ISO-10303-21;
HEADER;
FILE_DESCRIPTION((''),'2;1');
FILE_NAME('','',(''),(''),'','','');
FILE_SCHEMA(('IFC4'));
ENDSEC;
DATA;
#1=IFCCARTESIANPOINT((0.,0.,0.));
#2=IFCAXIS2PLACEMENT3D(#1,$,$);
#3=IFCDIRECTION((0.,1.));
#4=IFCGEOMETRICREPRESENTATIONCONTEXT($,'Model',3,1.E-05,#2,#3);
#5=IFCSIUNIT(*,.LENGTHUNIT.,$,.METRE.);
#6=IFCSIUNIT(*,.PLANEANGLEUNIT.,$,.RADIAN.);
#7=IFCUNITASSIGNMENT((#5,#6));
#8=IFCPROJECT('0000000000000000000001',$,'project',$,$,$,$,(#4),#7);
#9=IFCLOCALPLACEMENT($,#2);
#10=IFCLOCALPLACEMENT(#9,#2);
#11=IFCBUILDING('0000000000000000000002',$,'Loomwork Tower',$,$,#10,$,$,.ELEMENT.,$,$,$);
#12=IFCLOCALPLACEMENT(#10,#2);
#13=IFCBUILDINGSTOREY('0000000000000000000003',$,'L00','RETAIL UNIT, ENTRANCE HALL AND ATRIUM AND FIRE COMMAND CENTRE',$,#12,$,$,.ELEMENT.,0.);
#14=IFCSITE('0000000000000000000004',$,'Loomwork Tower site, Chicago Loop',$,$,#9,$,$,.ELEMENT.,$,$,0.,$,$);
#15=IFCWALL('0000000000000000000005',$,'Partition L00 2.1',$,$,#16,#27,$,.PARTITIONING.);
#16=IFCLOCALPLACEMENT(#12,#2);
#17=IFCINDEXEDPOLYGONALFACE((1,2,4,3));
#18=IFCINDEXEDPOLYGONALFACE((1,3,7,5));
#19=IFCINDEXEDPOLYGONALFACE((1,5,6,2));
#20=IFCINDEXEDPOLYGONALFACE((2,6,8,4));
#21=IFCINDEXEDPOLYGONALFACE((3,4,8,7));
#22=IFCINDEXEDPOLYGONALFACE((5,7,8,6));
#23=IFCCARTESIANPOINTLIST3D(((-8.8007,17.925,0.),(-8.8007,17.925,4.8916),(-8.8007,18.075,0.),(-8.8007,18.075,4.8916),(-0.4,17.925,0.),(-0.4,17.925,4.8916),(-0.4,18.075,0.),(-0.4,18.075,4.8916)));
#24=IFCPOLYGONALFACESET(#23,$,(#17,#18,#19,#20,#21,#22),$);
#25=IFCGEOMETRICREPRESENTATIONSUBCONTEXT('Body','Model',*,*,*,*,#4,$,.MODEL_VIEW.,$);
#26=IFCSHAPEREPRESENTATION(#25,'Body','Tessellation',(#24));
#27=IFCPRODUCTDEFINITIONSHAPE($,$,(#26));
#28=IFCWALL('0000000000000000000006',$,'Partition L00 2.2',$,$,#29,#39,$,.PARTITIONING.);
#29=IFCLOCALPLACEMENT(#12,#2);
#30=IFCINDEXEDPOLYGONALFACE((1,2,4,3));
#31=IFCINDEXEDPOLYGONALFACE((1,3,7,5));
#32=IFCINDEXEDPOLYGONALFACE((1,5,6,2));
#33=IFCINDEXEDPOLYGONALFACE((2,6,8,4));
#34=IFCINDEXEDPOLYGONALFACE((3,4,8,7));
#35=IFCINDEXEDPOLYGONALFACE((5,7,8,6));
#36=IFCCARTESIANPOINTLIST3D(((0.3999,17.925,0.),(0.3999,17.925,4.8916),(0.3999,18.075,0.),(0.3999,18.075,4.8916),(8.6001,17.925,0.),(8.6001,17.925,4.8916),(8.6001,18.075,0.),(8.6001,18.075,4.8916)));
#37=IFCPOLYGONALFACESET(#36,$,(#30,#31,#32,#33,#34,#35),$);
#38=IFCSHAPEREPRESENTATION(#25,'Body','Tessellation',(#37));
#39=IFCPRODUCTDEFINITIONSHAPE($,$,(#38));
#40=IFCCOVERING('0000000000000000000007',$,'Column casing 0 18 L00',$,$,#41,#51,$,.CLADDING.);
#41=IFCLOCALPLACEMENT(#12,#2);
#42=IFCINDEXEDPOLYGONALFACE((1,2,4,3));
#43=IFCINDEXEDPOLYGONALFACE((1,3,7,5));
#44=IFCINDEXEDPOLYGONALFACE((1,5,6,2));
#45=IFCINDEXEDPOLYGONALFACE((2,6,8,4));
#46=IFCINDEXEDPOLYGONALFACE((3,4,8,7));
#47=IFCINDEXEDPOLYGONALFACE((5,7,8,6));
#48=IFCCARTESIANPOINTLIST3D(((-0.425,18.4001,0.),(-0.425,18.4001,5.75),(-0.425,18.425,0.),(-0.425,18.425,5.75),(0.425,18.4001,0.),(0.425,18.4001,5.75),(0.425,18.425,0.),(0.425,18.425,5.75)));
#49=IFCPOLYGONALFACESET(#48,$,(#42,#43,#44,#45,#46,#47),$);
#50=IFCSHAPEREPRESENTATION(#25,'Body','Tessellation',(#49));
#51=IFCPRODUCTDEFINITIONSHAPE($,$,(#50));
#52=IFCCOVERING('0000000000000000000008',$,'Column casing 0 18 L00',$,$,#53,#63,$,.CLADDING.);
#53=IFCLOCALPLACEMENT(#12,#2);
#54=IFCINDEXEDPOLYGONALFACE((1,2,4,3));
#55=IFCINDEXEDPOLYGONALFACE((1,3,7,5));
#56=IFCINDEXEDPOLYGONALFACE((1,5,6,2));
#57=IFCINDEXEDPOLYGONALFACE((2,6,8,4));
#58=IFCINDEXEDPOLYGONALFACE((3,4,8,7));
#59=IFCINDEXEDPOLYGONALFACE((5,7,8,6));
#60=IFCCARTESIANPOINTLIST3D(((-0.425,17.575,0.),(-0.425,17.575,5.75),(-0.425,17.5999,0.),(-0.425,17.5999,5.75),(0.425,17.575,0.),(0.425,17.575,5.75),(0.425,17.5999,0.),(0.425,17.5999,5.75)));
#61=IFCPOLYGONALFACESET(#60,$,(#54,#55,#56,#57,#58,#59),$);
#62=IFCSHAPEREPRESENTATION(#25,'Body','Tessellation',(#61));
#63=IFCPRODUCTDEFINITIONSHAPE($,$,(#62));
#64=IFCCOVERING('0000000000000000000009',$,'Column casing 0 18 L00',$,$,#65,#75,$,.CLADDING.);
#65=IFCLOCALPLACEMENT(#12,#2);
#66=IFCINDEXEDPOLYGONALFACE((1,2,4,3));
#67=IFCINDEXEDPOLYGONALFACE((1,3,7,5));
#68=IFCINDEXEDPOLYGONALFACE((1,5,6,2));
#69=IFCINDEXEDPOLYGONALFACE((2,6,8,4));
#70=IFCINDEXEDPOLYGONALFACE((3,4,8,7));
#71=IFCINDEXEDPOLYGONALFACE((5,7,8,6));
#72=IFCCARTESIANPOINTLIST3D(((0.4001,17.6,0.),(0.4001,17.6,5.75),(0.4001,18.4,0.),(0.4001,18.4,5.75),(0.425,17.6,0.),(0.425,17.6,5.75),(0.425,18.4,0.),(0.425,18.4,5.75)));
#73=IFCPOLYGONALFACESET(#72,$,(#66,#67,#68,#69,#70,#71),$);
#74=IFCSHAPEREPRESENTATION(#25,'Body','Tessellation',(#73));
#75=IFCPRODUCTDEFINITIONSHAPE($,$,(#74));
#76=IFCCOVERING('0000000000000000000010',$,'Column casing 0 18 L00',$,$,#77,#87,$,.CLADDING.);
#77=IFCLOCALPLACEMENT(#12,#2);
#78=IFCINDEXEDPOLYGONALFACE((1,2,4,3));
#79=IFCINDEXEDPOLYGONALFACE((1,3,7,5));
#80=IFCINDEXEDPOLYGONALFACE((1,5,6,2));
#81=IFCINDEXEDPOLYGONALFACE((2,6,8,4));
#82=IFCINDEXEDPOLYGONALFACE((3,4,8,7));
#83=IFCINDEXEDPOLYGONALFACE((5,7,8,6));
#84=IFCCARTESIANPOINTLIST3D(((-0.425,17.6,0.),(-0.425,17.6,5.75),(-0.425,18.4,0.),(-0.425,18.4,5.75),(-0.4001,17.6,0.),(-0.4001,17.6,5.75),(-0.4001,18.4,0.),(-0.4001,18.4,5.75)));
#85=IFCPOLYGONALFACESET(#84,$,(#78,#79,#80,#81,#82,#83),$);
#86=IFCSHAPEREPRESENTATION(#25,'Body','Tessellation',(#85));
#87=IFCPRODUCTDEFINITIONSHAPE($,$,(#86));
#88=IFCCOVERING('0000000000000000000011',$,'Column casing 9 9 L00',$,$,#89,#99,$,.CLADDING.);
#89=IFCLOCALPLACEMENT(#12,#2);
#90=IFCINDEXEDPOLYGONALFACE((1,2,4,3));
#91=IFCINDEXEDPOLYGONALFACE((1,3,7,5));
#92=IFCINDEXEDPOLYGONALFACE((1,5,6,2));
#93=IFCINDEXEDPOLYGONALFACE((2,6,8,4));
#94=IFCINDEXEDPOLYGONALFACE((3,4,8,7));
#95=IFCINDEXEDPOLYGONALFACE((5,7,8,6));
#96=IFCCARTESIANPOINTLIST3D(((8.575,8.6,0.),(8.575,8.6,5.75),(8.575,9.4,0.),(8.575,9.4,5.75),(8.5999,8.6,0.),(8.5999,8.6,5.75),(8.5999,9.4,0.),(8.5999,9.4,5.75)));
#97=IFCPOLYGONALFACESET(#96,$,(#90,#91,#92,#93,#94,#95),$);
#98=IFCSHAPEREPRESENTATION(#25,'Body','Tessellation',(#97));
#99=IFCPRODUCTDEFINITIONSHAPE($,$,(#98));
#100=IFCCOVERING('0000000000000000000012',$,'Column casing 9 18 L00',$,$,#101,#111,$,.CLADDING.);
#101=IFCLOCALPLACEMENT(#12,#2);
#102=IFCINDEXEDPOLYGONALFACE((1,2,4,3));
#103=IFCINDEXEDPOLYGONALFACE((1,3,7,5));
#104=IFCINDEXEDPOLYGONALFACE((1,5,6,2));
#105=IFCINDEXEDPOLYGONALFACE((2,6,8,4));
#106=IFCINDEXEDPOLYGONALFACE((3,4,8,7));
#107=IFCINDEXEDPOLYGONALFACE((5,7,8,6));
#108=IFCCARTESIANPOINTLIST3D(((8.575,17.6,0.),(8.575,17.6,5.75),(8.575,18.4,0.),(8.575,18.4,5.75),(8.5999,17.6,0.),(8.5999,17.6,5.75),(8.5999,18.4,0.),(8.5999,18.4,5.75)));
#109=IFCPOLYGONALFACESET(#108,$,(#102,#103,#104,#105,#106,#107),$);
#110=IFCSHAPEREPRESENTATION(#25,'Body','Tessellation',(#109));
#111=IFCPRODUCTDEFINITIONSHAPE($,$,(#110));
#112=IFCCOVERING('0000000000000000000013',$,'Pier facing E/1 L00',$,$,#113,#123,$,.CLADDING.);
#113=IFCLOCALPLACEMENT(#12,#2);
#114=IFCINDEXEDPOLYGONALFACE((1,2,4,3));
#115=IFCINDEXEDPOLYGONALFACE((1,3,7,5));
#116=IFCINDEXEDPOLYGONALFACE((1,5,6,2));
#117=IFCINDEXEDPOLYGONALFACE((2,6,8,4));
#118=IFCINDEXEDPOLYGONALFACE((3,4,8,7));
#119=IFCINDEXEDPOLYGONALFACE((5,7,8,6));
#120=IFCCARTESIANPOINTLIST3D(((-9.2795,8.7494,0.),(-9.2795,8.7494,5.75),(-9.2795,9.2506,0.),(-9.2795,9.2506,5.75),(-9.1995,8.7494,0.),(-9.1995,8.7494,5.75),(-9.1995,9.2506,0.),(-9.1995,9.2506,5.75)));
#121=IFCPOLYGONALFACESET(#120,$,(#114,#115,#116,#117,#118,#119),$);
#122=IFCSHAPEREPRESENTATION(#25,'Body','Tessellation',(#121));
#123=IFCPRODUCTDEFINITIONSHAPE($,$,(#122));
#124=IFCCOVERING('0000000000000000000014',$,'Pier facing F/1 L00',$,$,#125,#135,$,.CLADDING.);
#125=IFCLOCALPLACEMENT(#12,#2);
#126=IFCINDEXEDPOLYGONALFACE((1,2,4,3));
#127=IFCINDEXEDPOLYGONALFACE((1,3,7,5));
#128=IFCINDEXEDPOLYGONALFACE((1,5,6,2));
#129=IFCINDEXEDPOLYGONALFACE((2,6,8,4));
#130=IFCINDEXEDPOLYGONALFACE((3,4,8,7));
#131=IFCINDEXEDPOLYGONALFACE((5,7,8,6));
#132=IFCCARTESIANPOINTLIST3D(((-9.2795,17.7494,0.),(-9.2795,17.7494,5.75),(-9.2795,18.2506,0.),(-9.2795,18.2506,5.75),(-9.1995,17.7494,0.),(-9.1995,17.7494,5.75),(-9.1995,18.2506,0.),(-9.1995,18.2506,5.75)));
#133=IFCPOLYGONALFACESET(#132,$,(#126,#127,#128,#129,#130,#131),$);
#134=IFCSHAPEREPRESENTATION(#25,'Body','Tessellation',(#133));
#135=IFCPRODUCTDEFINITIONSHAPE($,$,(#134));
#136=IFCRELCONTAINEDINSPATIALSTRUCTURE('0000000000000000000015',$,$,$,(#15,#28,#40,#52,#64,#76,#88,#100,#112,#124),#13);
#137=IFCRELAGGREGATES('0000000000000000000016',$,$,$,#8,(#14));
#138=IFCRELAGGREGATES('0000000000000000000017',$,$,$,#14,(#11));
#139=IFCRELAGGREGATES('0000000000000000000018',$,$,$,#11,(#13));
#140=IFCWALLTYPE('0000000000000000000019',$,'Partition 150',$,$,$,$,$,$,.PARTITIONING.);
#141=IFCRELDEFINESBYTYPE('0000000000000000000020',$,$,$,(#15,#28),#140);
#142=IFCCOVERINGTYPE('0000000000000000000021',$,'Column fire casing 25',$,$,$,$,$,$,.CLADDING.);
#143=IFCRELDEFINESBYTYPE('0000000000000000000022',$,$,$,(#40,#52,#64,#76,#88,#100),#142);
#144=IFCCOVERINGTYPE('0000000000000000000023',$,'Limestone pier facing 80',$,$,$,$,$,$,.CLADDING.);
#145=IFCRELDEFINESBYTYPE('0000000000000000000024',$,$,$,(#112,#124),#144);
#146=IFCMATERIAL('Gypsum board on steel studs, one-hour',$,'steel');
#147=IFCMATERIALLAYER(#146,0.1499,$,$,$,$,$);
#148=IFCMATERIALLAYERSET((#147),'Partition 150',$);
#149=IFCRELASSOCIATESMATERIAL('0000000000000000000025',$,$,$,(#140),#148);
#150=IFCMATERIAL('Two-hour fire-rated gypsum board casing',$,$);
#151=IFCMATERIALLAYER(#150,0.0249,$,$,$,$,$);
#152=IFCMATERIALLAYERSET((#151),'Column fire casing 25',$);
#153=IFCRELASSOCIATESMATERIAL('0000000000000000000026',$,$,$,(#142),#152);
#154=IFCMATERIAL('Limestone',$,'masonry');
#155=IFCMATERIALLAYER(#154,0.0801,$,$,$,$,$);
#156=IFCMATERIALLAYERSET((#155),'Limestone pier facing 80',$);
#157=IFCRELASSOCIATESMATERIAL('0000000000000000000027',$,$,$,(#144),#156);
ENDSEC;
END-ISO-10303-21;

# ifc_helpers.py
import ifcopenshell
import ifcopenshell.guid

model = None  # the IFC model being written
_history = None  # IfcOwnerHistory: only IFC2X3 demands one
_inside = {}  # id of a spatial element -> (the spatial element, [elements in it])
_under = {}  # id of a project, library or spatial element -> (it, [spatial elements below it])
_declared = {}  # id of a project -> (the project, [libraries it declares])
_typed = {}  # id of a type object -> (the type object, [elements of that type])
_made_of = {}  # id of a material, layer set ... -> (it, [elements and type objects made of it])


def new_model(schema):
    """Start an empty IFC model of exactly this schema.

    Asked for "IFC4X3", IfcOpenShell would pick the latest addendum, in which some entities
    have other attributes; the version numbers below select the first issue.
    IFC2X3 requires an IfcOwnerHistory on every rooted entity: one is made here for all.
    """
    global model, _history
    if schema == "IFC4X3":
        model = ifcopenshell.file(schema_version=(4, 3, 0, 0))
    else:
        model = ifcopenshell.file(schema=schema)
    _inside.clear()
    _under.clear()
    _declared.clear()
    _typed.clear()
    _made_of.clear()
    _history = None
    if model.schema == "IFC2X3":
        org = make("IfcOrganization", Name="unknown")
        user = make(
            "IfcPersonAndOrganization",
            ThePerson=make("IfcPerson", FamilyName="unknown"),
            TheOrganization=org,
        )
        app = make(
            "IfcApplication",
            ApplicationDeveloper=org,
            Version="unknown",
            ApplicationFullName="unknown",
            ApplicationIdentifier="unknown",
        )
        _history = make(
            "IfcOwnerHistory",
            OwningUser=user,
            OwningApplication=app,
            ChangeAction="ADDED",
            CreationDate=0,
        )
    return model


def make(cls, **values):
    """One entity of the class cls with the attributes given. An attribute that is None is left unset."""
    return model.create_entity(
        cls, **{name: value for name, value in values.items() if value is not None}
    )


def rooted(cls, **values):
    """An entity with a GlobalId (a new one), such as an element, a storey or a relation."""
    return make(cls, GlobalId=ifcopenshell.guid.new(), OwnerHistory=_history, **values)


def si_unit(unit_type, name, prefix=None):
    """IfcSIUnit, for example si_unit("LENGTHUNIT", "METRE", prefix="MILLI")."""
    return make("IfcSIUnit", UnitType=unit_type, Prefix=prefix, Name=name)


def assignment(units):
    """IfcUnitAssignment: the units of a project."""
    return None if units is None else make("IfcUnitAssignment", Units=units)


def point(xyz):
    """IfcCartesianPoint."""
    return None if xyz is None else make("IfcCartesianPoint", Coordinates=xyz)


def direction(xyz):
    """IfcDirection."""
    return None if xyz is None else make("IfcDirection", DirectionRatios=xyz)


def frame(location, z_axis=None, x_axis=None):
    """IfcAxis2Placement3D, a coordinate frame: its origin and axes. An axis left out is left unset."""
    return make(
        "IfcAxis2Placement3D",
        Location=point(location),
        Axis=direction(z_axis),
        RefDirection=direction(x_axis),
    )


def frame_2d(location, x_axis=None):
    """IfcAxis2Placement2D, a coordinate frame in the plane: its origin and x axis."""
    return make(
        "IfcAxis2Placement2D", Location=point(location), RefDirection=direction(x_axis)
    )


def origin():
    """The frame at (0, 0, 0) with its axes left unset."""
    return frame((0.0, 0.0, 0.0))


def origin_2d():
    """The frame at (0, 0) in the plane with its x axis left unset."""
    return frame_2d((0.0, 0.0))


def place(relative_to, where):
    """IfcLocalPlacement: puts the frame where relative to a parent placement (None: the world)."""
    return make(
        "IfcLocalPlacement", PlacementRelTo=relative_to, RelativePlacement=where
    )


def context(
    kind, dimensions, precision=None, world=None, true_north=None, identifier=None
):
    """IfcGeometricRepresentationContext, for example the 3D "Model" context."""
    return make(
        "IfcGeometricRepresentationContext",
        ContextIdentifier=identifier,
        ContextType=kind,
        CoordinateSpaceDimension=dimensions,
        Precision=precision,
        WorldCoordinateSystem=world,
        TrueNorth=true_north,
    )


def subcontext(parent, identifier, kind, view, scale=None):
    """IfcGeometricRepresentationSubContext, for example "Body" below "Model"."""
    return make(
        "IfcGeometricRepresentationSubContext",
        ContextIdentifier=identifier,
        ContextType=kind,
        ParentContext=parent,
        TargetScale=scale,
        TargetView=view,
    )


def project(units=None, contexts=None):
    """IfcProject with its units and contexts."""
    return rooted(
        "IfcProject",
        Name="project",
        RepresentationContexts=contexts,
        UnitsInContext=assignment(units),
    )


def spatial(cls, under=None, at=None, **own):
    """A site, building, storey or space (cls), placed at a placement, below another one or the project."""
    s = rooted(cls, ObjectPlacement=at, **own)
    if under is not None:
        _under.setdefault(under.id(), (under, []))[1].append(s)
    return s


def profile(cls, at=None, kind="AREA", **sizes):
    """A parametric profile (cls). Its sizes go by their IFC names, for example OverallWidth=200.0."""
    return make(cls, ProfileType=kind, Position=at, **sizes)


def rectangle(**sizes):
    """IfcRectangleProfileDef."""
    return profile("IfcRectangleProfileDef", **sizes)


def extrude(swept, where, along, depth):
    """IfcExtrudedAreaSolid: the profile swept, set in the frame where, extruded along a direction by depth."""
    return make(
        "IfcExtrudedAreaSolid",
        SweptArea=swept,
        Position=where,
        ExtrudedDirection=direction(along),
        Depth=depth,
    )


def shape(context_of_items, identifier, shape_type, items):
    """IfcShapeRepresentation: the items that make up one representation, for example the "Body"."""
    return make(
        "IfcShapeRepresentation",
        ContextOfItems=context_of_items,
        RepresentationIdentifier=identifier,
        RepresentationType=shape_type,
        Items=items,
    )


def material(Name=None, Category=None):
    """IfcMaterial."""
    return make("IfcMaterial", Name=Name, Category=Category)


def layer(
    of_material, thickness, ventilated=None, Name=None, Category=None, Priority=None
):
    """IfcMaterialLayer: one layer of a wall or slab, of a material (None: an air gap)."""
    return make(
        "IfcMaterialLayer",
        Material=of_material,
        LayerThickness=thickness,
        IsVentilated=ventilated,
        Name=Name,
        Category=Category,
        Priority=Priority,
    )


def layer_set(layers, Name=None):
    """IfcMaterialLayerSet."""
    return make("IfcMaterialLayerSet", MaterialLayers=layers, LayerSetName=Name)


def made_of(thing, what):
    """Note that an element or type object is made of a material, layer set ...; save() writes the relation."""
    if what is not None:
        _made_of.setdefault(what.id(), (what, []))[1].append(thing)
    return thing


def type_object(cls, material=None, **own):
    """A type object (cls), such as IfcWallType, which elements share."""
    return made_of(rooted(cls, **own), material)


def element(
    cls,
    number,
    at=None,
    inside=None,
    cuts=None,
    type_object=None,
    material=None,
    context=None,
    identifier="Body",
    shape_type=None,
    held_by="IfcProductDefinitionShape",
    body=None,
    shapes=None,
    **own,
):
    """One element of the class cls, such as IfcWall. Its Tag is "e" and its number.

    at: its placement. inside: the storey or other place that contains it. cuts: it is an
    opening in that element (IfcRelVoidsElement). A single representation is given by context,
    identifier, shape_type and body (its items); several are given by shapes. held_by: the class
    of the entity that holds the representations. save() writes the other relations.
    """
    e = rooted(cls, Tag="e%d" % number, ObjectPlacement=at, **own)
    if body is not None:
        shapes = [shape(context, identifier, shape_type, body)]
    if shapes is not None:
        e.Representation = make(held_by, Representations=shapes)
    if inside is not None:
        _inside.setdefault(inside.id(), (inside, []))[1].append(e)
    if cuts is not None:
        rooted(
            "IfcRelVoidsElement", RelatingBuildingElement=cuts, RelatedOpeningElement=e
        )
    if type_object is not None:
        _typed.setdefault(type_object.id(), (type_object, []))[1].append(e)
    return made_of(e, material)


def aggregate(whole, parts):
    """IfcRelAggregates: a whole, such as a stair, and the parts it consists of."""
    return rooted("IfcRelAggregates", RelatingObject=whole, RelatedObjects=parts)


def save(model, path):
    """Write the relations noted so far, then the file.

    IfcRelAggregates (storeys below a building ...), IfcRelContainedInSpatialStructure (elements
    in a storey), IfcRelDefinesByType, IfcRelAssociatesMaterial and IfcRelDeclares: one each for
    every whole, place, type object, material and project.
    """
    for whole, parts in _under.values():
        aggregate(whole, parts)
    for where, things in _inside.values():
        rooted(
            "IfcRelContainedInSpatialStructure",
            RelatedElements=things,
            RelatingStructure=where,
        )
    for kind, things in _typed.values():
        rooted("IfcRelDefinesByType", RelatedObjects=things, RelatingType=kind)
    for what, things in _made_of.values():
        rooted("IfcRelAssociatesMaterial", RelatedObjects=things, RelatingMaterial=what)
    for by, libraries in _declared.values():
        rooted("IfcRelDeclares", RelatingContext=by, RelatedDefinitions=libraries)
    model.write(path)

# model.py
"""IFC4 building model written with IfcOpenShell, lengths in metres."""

from ifc_helpers import new_model, si_unit, direction, frame, frame_2d, origin, origin_2d, place, context, subcontext, project, spatial, rectangle, extrude, material, layer, layer_set, type_object, element, save


model = new_model("IFC4")

# Units and contexts
model_context = context("Model", 3, precision=1e-05, world=origin(), true_north=direction((0.0, 1.0)))
body_context = subcontext(model_context, "Body", "Model", "MODEL_VIEW")
ifc_project = project(units=[si_unit("LENGTHUNIT", "METRE"), si_unit("PLANEANGLEUNIT", "RADIAN")], contexts=[model_context])

# Site, building, storey
site_placement = place(None, origin())
site = spatial("IfcSite", under=ifc_project, at=site_placement, Name="Loomwork Tower site, Chicago Loop", CompositionType="ELEMENT", RefElevation=0.0)
building_placement = place(site_placement, origin())
building = spatial("IfcBuilding", under=site, at=building_placement, Name="Loomwork Tower", CompositionType="ELEMENT")
storey_placement = place(building_placement, origin())
storey = spatial("IfcBuildingStorey", under=building, at=storey_placement, Name="L00", Description="RETAIL UNIT, ENTRANCE HALL AND ATRIUM AND FIRE COMMAND CENTRE", CompositionType="ELEMENT", Elevation=0.0)

# Walls
ifc_material_1 = material(Name="Gypsum board on steel studs, one-hour", Category="steel")
ifc_layer_1 = layer(ifc_material_1, 0.1499)
ifc_layer_set_1 = layer_set([ifc_layer_1], Name="Partition 150")
wall_type_1 = type_object("IfcWallType", Name="Partition 150", PredefinedType="PARTITIONING", material=ifc_layer_set_1)
wall_1_placement = place(storey_placement, frame((-8.8005, 18.0, 0.0), z_axis=(0.0, 0.0, 1.0), x_axis=(1.0, 0.0, 0.0)))
element("IfcWall", 1, at=wall_1_placement, inside=storey, type_object=wall_type_1, Name="Partition L00 2.1", PredefinedType="PARTITIONING", context=body_context, shape_type="SweptSolid", body=[
    extrude(rectangle(XDim=8.4006, YDim=0.1499, at=frame_2d((4.2002, 0.0))), origin(), (0.0, 0.0, 1.0), 4.8916),
])
wall_2_placement = place(storey_placement, frame((0.3999, 18.0, 0.0), z_axis=(0.0, 0.0, 1.0), x_axis=(1.0, 0.0, 0.0)))
element("IfcWall", 2, at=wall_2_placement, inside=storey, type_object=wall_type_1, Name="Partition L00 2.2", PredefinedType="PARTITIONING", context=body_context, shape_type="SweptSolid", body=[
    extrude(rectangle(XDim=8.2002, YDim=0.1499, at=frame_2d((4.1001, 0.0))), origin(), (0.0, 0.0, 1.0), 4.8916),
])

# Coverings
ifc_material_2 = material(Name="Two-hour fire-rated gypsum board casing")
ifc_layer_2 = layer(ifc_material_2, 0.0249)
ifc_layer_set_2 = layer_set([ifc_layer_2], Name="Column fire casing 25")
covering_type_1 = type_object("IfcCoveringType", Name="Column fire casing 25", PredefinedType="CLADDING", material=ifc_layer_set_2)
for number, where, z_axis, x_axis, name in (
    (3, (0.0, 18.4126, 0.0), (0.0, 0.0, 1.0), (1.0, 0.0, 0.0), "Column casing 0 18 L00"),
    (4, (0.0, 17.5874, 0.0), (0.0, 0.0, 1.0), (1.0, 0.0, 0.0), "Column casing 0 18 L00"),
):
    element("IfcCovering", number, at=place(storey_placement, frame(where, z_axis=z_axis, x_axis=x_axis)), inside=storey, type_object=covering_type_1, Name=name, PredefinedType="CLADDING", context=body_context, shape_type="SweptSolid", body=[
        extrude(rectangle(XDim=0.8501, YDim=0.0249, at=origin_2d()), origin(), (0.0, 0.0, 1.0), 5.75),
    ])
for number, where, z_axis, x_axis, name in (
    (5, (0.4126, 18.0, 0.0), (0.0, 0.0, 1.0), (1.0, 0.0, 0.0), "Column casing 0 18 L00"),
    (6, (-0.4126, 18.0, 0.0), (0.0, 0.0, 1.0), (1.0, 0.0, 0.0), "Column casing 0 18 L00"),
    (7, (8.5874, 9.0, 0.0), (0.0, 0.0, 1.0), (1.0, 0.0, 0.0), "Column casing 9 9 L00"),
    (8, (8.5874, 18.0, 0.0), (0.0, 0.0, 1.0), (1.0, 0.0, 0.0), "Column casing 9 18 L00"),
):
    element("IfcCovering", number, at=place(storey_placement, frame(where, z_axis=z_axis, x_axis=x_axis)), inside=storey, type_object=covering_type_1, Name=name, PredefinedType="CLADDING", context=body_context, shape_type="SweptSolid", body=[
        extrude(rectangle(XDim=0.0249, YDim=0.8, at=origin_2d()), origin(), (0.0, 0.0, 1.0), 5.75),
    ])
ifc_material_3 = material(Name="Limestone", Category="masonry")
ifc_layer_3 = layer(ifc_material_3, 0.0801)
ifc_layer_set_3 = layer_set([ifc_layer_3], Name="Limestone pier facing 80")
covering_type_2 = type_object("IfcCoveringType", Name="Limestone pier facing 80", PredefinedType="CLADDING", material=ifc_layer_set_3)
for number, where, z_axis, x_axis, name in (
    (9, (-9.2395, 9.0, 0.0), (0.0, 0.0, 1.0), (1.0, 0.0, 0.0), "Pier facing E/1 L00"),
    (10, (-9.2395, 18.0, 0.0), (0.0, 0.0, 1.0), (1.0, 0.0, 0.0), "Pier facing F/1 L00"),
):
    element("IfcCovering", number, at=place(storey_placement, frame(where, z_axis=z_axis, x_axis=x_axis)), inside=storey, type_object=covering_type_2, Name=name, PredefinedType="CLADDING", context=body_context, shape_type="SweptSolid", body=[
        extrude(rectangle(XDim=0.0801, YDim=0.5012, at=origin_2d()), origin(), (0.0, 0.0, 1.0), 5.75),
    ])

save(model, "model.ifc")
